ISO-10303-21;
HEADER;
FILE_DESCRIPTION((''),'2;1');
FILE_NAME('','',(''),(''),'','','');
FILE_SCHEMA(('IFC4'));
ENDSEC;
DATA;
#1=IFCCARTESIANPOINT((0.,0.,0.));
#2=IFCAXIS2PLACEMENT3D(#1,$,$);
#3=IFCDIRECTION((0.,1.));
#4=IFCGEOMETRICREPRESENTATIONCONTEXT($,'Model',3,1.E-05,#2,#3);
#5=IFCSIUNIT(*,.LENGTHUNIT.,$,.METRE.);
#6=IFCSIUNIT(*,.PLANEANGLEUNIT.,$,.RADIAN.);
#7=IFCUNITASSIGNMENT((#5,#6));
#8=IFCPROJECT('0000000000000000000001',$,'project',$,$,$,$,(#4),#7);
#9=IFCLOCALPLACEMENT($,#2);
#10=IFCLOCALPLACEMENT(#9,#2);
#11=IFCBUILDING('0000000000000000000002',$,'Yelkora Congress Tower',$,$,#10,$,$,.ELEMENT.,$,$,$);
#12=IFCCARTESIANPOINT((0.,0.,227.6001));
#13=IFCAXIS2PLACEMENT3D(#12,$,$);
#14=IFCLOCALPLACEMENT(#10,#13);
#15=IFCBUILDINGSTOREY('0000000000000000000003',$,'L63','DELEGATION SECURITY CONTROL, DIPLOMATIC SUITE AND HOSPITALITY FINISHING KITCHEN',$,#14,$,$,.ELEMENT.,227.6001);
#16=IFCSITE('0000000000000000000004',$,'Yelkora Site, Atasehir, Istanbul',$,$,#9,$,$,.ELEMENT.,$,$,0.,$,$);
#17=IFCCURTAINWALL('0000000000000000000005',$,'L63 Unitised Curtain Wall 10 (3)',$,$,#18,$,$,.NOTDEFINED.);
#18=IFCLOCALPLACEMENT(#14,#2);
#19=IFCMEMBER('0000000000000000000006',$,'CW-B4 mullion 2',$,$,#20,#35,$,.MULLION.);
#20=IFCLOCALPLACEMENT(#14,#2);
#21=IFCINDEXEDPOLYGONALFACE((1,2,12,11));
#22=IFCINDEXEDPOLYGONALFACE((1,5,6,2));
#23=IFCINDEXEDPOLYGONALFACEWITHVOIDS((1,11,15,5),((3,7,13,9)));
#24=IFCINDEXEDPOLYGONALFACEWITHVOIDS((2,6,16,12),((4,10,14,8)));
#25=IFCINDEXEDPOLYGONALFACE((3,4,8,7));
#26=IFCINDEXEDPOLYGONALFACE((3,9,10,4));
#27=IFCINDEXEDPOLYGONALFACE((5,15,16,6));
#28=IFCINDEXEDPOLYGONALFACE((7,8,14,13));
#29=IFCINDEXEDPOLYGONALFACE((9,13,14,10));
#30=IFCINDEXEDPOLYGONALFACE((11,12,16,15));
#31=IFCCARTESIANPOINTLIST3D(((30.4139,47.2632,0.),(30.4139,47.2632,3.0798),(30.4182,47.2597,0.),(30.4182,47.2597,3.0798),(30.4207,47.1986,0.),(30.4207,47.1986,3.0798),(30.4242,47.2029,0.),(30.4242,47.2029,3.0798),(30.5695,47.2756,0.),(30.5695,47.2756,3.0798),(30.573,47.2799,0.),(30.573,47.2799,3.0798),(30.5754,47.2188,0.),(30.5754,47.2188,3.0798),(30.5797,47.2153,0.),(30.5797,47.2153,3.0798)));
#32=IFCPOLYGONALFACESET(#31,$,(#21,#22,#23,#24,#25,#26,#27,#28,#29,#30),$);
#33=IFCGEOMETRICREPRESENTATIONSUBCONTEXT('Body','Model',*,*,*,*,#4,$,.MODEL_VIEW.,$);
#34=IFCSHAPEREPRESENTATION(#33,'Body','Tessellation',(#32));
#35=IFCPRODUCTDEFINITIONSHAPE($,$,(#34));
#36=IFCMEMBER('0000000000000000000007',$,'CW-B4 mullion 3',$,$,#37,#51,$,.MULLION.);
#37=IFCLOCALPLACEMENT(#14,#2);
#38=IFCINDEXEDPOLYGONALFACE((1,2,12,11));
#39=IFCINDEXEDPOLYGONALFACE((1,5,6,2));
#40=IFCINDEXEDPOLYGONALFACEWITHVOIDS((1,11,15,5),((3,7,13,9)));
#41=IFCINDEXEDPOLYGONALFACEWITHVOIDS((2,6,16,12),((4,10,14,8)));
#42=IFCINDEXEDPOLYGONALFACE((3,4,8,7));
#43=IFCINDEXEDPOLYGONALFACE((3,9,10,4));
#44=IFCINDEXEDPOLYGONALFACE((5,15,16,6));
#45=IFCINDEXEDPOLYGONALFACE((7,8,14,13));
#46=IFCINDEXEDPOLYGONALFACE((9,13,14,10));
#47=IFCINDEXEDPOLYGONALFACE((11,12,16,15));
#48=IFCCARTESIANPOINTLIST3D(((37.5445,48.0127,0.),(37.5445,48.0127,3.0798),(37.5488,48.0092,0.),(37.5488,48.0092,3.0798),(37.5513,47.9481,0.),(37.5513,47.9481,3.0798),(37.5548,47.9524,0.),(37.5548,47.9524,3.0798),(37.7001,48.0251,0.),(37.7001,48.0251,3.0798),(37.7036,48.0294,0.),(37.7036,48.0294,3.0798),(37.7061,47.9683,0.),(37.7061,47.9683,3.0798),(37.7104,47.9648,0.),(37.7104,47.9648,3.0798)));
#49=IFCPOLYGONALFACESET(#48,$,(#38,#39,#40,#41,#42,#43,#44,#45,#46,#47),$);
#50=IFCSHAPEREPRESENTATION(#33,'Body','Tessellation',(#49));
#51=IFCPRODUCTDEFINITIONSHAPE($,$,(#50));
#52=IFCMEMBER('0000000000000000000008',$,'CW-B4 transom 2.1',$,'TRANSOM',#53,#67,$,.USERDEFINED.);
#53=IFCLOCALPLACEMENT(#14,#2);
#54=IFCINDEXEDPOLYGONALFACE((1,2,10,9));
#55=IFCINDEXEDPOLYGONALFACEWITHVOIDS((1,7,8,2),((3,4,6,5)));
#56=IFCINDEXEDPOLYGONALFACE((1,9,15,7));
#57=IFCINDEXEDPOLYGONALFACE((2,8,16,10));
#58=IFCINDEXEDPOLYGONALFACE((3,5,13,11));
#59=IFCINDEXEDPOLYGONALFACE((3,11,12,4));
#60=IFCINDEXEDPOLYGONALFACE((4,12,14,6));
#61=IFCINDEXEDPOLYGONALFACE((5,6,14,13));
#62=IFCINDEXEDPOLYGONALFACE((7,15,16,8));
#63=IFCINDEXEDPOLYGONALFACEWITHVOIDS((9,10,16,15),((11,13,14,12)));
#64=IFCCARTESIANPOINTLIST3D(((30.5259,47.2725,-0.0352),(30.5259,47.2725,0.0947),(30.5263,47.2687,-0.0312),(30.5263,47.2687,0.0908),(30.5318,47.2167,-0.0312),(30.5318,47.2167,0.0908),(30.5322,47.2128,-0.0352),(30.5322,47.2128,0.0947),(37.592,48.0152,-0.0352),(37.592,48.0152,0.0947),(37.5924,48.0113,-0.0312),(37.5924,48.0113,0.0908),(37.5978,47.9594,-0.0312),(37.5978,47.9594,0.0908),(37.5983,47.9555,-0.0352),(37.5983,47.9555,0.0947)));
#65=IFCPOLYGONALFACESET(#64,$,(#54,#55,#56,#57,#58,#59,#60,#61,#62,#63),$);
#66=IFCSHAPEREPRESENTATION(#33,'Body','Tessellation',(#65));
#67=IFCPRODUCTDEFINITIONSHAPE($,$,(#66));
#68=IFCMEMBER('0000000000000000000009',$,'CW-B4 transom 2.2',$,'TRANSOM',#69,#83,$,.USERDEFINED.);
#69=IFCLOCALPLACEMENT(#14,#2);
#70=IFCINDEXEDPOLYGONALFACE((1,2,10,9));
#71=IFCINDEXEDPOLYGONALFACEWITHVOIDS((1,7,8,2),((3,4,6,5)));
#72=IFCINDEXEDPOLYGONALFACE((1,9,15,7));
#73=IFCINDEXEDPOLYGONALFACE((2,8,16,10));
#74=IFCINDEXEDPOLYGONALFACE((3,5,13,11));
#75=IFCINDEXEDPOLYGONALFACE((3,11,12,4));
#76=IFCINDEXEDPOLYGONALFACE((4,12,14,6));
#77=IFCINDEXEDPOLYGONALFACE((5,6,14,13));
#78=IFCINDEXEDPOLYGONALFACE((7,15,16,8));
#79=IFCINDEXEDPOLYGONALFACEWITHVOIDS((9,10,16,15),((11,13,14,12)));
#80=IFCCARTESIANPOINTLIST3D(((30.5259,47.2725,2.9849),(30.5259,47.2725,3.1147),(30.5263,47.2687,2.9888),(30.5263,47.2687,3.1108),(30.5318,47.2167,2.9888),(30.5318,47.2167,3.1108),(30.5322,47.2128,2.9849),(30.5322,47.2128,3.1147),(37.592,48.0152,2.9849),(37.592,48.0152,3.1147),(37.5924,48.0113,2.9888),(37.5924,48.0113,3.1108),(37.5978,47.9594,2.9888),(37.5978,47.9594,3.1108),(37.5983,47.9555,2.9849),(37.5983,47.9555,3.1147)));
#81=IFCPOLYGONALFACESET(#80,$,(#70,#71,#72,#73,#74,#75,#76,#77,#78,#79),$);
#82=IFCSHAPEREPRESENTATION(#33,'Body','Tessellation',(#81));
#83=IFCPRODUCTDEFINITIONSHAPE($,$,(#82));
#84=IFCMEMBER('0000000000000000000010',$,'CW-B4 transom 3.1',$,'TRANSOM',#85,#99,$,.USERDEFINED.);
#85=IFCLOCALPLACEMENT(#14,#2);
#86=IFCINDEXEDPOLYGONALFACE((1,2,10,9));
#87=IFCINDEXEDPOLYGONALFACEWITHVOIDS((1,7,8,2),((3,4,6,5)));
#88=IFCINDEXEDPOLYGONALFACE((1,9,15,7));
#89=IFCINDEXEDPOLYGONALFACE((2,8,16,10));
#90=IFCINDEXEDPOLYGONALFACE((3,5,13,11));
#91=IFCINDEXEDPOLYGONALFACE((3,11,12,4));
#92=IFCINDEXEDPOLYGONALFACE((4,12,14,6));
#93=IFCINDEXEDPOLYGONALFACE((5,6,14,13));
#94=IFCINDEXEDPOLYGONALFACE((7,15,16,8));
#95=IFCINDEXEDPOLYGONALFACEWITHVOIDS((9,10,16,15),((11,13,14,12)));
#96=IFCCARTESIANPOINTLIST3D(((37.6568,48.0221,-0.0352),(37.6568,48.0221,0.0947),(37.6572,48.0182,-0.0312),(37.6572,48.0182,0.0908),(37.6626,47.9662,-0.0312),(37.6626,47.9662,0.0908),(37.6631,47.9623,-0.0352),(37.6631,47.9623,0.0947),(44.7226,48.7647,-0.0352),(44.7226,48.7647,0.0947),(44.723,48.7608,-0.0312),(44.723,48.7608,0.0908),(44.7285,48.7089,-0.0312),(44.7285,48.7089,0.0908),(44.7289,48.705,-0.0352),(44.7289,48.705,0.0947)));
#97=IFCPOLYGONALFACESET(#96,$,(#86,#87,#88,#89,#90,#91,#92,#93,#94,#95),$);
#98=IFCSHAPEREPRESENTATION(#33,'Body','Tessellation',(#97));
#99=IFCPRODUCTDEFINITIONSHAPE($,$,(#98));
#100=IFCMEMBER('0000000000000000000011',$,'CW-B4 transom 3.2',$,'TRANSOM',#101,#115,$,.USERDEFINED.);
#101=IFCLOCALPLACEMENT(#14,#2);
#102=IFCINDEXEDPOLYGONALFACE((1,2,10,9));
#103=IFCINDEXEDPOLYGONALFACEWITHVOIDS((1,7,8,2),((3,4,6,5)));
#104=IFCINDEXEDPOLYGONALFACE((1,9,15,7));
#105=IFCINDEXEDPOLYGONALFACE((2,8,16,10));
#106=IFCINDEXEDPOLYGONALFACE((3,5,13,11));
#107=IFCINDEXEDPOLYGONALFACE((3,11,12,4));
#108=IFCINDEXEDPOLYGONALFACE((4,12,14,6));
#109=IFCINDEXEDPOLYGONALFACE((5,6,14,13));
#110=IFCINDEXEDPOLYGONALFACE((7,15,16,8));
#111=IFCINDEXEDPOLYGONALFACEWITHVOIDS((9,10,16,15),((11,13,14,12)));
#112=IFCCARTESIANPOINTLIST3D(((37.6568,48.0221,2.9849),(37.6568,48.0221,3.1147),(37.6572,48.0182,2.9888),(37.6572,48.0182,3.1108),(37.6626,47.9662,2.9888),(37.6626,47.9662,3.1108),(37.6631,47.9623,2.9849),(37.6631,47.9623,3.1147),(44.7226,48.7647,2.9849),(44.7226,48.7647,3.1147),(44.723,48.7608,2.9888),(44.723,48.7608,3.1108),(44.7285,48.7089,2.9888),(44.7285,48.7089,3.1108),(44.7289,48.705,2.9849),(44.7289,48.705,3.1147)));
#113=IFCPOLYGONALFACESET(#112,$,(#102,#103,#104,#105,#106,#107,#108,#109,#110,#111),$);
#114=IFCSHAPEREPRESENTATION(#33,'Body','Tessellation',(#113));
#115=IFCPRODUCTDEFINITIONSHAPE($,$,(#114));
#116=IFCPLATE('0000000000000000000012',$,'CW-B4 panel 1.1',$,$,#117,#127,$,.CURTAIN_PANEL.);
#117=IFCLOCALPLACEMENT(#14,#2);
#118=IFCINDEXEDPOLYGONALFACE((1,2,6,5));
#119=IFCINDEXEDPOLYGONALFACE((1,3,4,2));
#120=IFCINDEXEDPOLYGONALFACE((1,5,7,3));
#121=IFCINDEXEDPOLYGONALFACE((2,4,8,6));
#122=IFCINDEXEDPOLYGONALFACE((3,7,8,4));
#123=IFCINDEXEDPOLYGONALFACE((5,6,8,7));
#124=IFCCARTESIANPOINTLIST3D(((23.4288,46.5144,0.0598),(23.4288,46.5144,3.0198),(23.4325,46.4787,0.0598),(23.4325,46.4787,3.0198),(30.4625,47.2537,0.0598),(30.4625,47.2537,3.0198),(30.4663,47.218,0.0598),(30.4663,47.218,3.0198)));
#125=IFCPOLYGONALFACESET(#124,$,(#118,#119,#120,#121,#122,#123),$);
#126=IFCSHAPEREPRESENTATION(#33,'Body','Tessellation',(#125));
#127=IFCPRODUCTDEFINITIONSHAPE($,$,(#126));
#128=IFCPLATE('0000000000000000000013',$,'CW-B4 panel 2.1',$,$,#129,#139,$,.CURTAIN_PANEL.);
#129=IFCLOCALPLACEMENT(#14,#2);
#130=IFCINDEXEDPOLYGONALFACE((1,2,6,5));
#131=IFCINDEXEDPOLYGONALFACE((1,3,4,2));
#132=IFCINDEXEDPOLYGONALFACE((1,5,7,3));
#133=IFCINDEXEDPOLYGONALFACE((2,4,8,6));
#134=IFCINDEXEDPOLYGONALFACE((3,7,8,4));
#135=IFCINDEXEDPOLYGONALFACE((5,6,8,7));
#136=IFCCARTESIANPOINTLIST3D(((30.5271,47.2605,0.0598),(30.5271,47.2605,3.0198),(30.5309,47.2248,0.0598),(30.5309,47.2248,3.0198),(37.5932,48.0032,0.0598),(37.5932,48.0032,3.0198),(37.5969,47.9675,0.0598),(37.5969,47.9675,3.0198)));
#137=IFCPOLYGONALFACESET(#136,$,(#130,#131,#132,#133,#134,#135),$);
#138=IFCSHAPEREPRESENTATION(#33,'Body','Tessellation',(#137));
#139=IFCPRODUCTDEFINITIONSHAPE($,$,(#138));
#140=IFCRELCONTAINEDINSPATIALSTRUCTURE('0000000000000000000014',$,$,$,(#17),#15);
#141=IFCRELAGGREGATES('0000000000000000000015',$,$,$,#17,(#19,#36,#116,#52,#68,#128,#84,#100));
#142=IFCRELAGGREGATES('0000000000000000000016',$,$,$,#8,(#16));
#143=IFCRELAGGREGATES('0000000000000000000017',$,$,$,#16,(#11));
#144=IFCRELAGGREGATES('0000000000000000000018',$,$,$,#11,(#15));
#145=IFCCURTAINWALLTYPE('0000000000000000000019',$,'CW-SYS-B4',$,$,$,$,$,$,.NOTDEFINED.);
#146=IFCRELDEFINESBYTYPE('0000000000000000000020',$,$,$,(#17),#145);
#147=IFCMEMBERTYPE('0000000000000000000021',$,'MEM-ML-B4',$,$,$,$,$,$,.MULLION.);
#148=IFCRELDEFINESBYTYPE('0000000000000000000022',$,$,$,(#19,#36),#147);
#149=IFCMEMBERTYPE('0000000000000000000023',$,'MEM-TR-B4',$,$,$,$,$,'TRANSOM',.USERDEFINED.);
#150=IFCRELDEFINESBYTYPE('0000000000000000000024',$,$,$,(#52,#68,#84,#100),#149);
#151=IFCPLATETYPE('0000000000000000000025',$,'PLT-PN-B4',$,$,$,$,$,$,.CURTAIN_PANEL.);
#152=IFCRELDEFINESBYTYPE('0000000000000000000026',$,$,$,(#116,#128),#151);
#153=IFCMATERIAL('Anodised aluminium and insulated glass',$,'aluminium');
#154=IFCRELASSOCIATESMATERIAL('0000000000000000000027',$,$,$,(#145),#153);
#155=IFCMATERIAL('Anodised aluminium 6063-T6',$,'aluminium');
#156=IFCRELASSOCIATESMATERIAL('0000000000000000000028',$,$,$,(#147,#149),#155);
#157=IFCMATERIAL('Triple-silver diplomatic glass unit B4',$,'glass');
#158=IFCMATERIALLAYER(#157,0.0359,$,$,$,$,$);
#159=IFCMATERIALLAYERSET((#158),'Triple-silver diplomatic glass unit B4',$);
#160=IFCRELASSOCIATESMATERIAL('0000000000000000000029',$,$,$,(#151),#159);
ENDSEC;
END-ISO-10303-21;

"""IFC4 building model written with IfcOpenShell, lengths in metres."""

from ifc_helpers import new_model, si_unit, direction, frame, origin, origin_2d, place, context, subcontext, project, spatial, rectangle, hollow_rectangle, extrude, material, layer, layer_set, material_profile, profile_set, type_object, element, aggregate, save


model = new_model("IFC4")

# Units and contexts
model_context = context("Model", 3, precision=1e-05, world=origin(), true_north=direction((0.0, 1.0)))
body_context = subcontext(model_context, "Body", "Model", "MODEL_VIEW")
ifc_project = project(units=[si_unit("LENGTHUNIT", "METRE"), si_unit("PLANEANGLEUNIT", "RADIAN")], contexts=[model_context])

# Site, building, storey
site_placement = place(None, origin())
site = spatial("IfcSite", under=ifc_project, at=site_placement, Name="Yelkora Site, Atasehir, Istanbul", CompositionType="ELEMENT", RefElevation=0.0)
building_placement = place(site_placement, origin())
building = spatial("IfcBuilding", under=site, at=building_placement, Name="Yelkora Congress Tower", CompositionType="ELEMENT")
storey_placement = place(building_placement, frame((0.0, 0.0, 227.6001)))
storey = spatial("IfcBuildingStorey", under=building, at=storey_placement, Name="L63", Description="DELEGATION SECURITY CONTROL, DIPLOMATIC SUITE AND HOSPITALITY FINISHING KITCHEN", CompositionType="ELEMENT", Elevation=227.6001)

# Curtain wall, members, plates
ifc_material_1 = material(Name="Anodised aluminium and insulated glass", Category="aluminium")
curtain_wall_type = type_object("IfcCurtainWallType", Name="CW-SYS-B4", PredefinedType="NOTDEFINED", material=ifc_material_1)
curtain_wall_placement = place(storey_placement, origin())
curtain_wall = element("IfcCurtainWall", 1, at=curtain_wall_placement, inside=storey, type_object=curtain_wall_type, Name="L63 Unitised Curtain Wall 10 (3)", PredefinedType="NOTDEFINED")
ifc_material_2 = material(Name="Anodised aluminium 6063-T6", Category="aluminium")
ifc_material_profile_1 = material_profile(ifc_material_2, hollow_rectangle(XDim=0.0649, YDim=0.1599, WallThickness=0.0039, at=origin_2d()), Name="ALU 65x160x4")
ifc_profile_set_1 = profile_set([ifc_material_profile_1], Name="Anodised aluminium 6063-T6")
member_type_1 = type_object("IfcMemberType", Name="MEM-ML-B4", PredefinedType="MULLION", material=ifc_profile_set_1)
member_1_placement = place(storey_placement, frame((30.4968, 47.2393, 0.0), z_axis=(0.0, 0.0, 1.0), x_axis=(-0.104528, 0.994522, 0.0)))
member_1 = element("IfcMember", 2, at=member_1_placement, type_object=member_type_1, Name="CW-B4 mullion 2", PredefinedType="MULLION", context=body_context, shape_type="SweptSolid", body=[
    extrude(hollow_rectangle(XDim=0.0649, YDim=0.1599, WallThickness=0.0039, at=origin_2d()), origin(), (0.0, 0.0, 1.0), 3.0798),
])
member_2_placement = place(storey_placement, frame((37.6274, 47.9888, 0.0), z_axis=(0.0, 0.0, 1.0), x_axis=(-0.104528, 0.994522, 0.0)))
member_2 = element("IfcMember", 3, at=member_2_placement, type_object=member_type_1, Name="CW-B4 mullion 3", PredefinedType="MULLION", context=body_context, shape_type="SweptSolid", body=[
    extrude(hollow_rectangle(XDim=0.0649, YDim=0.1599, WallThickness=0.0039, at=origin_2d()), origin(), (0.0, 0.0, 1.0), 3.0798),
])
ifc_material_profile_2 = material_profile(ifc_material_2, hollow_rectangle(XDim=0.0601, YDim=0.1299, WallThickness=0.0039, at=origin_2d()), Name="ALU 60x130x4")
ifc_profile_set_2 = profile_set([ifc_material_profile_2], Name="Anodised aluminium 6063-T6")
member_type_2 = type_object("IfcMemberType", Name="MEM-TR-B4", ElementType="TRANSOM", PredefinedType="USERDEFINED", material=ifc_profile_set_2)
member_3_placement = place(storey_placement, frame((30.5291, 47.2427, 0.0298), z_axis=(0.994522, 0.104527, 0.0), x_axis=(-0.104527, 0.994522, 0.0)))
member_3 = element("IfcMember", 4, at=member_3_placement, type_object=member_type_2, Name="CW-B4 transom 2.1", ObjectType="TRANSOM", PredefinedType="USERDEFINED", context=body_context, shape_type="SweptSolid", body=[
    extrude(hollow_rectangle(XDim=0.0601, YDim=0.1299, WallThickness=0.0039, at=origin_2d()), origin(), (0.0, 0.0, 1.0), 7.105),
])
member_4_placement = place(storey_placement, frame((30.5291, 47.2427, 3.0498), z_axis=(0.994522, 0.104527, 0.0), x_axis=(-0.104527, 0.994522, 0.0)))
member_4 = element("IfcMember", 5, at=member_4_placement, type_object=member_type_2, Name="CW-B4 transom 2.2", ObjectType="TRANSOM", PredefinedType="USERDEFINED", context=body_context, shape_type="SweptSolid", body=[
    extrude(hollow_rectangle(XDim=0.0601, YDim=0.1299, WallThickness=0.0039, at=origin_2d()), origin(), (0.0, 0.0, 1.0), 7.105),
])
member_5_placement = place(storey_placement, frame((37.6599, 47.9922, 0.0298), z_axis=(0.994522, 0.104531, 0.0), x_axis=(-0.104531, 0.994522, 0.0)))
member_5 = element("IfcMember", 6, at=member_5_placement, type_object=member_type_2, Name="CW-B4 transom 3.1", ObjectType="TRANSOM", PredefinedType="USERDEFINED", context=body_context, shape_type="SweptSolid", body=[
    extrude(hollow_rectangle(XDim=0.0601, YDim=0.1299, WallThickness=0.0039, at=origin_2d()), origin(), (0.0, 0.0, 1.0), 7.1047),
])
member_6_placement = place(storey_placement, frame((37.6599, 47.9922, 3.0498), z_axis=(0.994522, 0.104531, 0.0), x_axis=(-0.104531, 0.994522, 0.0)))
member_6 = element("IfcMember", 7, at=member_6_placement, type_object=member_type_2, Name="CW-B4 transom 3.2", ObjectType="TRANSOM", PredefinedType="USERDEFINED", context=body_context, shape_type="SweptSolid", body=[
    extrude(hollow_rectangle(XDim=0.0601, YDim=0.1299, WallThickness=0.0039, at=origin_2d()), origin(), (0.0, 0.0, 1.0), 7.1047),
])
ifc_material_3 = material(Name="Triple-silver diplomatic glass unit B4", Category="glass")
ifc_layer_1 = layer(ifc_material_3, 0.0359)
ifc_layer_set_1 = layer_set([ifc_layer_1], Name="Triple-silver diplomatic glass unit B4")
plate_type = type_object("IfcPlateType", Name="PLT-PN-B4", PredefinedType="CURTAIN_PANEL", material=ifc_layer_set_1)
plate_1_placement = place(storey_placement, frame((26.9475, 46.8662, 0.0598), z_axis=(0.0, 0.0, 1.0), x_axis=(0.994522, 0.104528, 0.0)))
plate_1 = element("IfcPlate", 8, at=plate_1_placement, type_object=plate_type, Name="CW-B4 panel 1.1", PredefinedType="CURTAIN_PANEL", context=body_context, shape_type="SweptSolid", body=[
    extrude(rectangle(XDim=7.0725, YDim=0.0359, at=origin_2d()), origin(), (0.0, 0.0, 1.0), 2.96),
])
plate_2_placement = place(storey_placement, frame((34.062, 47.614, 0.0598), z_axis=(0.0, 0.0, 1.0), x_axis=(0.994522, 0.104528, 0.0)))
plate_2 = element("IfcPlate", 9, at=plate_2_placement, type_object=plate_type, Name="CW-B4 panel 2.1", PredefinedType="CURTAIN_PANEL", context=body_context, shape_type="SweptSolid", body=[
    extrude(rectangle(XDim=7.105, YDim=0.0359, at=origin_2d()), origin(), (0.0, 0.0, 1.0), 2.96),
])
aggregate(curtain_wall, [member_1, member_2, plate_1, member_3, member_4, plate_2, member_5, member_6])

save(model, "model.ifc")
